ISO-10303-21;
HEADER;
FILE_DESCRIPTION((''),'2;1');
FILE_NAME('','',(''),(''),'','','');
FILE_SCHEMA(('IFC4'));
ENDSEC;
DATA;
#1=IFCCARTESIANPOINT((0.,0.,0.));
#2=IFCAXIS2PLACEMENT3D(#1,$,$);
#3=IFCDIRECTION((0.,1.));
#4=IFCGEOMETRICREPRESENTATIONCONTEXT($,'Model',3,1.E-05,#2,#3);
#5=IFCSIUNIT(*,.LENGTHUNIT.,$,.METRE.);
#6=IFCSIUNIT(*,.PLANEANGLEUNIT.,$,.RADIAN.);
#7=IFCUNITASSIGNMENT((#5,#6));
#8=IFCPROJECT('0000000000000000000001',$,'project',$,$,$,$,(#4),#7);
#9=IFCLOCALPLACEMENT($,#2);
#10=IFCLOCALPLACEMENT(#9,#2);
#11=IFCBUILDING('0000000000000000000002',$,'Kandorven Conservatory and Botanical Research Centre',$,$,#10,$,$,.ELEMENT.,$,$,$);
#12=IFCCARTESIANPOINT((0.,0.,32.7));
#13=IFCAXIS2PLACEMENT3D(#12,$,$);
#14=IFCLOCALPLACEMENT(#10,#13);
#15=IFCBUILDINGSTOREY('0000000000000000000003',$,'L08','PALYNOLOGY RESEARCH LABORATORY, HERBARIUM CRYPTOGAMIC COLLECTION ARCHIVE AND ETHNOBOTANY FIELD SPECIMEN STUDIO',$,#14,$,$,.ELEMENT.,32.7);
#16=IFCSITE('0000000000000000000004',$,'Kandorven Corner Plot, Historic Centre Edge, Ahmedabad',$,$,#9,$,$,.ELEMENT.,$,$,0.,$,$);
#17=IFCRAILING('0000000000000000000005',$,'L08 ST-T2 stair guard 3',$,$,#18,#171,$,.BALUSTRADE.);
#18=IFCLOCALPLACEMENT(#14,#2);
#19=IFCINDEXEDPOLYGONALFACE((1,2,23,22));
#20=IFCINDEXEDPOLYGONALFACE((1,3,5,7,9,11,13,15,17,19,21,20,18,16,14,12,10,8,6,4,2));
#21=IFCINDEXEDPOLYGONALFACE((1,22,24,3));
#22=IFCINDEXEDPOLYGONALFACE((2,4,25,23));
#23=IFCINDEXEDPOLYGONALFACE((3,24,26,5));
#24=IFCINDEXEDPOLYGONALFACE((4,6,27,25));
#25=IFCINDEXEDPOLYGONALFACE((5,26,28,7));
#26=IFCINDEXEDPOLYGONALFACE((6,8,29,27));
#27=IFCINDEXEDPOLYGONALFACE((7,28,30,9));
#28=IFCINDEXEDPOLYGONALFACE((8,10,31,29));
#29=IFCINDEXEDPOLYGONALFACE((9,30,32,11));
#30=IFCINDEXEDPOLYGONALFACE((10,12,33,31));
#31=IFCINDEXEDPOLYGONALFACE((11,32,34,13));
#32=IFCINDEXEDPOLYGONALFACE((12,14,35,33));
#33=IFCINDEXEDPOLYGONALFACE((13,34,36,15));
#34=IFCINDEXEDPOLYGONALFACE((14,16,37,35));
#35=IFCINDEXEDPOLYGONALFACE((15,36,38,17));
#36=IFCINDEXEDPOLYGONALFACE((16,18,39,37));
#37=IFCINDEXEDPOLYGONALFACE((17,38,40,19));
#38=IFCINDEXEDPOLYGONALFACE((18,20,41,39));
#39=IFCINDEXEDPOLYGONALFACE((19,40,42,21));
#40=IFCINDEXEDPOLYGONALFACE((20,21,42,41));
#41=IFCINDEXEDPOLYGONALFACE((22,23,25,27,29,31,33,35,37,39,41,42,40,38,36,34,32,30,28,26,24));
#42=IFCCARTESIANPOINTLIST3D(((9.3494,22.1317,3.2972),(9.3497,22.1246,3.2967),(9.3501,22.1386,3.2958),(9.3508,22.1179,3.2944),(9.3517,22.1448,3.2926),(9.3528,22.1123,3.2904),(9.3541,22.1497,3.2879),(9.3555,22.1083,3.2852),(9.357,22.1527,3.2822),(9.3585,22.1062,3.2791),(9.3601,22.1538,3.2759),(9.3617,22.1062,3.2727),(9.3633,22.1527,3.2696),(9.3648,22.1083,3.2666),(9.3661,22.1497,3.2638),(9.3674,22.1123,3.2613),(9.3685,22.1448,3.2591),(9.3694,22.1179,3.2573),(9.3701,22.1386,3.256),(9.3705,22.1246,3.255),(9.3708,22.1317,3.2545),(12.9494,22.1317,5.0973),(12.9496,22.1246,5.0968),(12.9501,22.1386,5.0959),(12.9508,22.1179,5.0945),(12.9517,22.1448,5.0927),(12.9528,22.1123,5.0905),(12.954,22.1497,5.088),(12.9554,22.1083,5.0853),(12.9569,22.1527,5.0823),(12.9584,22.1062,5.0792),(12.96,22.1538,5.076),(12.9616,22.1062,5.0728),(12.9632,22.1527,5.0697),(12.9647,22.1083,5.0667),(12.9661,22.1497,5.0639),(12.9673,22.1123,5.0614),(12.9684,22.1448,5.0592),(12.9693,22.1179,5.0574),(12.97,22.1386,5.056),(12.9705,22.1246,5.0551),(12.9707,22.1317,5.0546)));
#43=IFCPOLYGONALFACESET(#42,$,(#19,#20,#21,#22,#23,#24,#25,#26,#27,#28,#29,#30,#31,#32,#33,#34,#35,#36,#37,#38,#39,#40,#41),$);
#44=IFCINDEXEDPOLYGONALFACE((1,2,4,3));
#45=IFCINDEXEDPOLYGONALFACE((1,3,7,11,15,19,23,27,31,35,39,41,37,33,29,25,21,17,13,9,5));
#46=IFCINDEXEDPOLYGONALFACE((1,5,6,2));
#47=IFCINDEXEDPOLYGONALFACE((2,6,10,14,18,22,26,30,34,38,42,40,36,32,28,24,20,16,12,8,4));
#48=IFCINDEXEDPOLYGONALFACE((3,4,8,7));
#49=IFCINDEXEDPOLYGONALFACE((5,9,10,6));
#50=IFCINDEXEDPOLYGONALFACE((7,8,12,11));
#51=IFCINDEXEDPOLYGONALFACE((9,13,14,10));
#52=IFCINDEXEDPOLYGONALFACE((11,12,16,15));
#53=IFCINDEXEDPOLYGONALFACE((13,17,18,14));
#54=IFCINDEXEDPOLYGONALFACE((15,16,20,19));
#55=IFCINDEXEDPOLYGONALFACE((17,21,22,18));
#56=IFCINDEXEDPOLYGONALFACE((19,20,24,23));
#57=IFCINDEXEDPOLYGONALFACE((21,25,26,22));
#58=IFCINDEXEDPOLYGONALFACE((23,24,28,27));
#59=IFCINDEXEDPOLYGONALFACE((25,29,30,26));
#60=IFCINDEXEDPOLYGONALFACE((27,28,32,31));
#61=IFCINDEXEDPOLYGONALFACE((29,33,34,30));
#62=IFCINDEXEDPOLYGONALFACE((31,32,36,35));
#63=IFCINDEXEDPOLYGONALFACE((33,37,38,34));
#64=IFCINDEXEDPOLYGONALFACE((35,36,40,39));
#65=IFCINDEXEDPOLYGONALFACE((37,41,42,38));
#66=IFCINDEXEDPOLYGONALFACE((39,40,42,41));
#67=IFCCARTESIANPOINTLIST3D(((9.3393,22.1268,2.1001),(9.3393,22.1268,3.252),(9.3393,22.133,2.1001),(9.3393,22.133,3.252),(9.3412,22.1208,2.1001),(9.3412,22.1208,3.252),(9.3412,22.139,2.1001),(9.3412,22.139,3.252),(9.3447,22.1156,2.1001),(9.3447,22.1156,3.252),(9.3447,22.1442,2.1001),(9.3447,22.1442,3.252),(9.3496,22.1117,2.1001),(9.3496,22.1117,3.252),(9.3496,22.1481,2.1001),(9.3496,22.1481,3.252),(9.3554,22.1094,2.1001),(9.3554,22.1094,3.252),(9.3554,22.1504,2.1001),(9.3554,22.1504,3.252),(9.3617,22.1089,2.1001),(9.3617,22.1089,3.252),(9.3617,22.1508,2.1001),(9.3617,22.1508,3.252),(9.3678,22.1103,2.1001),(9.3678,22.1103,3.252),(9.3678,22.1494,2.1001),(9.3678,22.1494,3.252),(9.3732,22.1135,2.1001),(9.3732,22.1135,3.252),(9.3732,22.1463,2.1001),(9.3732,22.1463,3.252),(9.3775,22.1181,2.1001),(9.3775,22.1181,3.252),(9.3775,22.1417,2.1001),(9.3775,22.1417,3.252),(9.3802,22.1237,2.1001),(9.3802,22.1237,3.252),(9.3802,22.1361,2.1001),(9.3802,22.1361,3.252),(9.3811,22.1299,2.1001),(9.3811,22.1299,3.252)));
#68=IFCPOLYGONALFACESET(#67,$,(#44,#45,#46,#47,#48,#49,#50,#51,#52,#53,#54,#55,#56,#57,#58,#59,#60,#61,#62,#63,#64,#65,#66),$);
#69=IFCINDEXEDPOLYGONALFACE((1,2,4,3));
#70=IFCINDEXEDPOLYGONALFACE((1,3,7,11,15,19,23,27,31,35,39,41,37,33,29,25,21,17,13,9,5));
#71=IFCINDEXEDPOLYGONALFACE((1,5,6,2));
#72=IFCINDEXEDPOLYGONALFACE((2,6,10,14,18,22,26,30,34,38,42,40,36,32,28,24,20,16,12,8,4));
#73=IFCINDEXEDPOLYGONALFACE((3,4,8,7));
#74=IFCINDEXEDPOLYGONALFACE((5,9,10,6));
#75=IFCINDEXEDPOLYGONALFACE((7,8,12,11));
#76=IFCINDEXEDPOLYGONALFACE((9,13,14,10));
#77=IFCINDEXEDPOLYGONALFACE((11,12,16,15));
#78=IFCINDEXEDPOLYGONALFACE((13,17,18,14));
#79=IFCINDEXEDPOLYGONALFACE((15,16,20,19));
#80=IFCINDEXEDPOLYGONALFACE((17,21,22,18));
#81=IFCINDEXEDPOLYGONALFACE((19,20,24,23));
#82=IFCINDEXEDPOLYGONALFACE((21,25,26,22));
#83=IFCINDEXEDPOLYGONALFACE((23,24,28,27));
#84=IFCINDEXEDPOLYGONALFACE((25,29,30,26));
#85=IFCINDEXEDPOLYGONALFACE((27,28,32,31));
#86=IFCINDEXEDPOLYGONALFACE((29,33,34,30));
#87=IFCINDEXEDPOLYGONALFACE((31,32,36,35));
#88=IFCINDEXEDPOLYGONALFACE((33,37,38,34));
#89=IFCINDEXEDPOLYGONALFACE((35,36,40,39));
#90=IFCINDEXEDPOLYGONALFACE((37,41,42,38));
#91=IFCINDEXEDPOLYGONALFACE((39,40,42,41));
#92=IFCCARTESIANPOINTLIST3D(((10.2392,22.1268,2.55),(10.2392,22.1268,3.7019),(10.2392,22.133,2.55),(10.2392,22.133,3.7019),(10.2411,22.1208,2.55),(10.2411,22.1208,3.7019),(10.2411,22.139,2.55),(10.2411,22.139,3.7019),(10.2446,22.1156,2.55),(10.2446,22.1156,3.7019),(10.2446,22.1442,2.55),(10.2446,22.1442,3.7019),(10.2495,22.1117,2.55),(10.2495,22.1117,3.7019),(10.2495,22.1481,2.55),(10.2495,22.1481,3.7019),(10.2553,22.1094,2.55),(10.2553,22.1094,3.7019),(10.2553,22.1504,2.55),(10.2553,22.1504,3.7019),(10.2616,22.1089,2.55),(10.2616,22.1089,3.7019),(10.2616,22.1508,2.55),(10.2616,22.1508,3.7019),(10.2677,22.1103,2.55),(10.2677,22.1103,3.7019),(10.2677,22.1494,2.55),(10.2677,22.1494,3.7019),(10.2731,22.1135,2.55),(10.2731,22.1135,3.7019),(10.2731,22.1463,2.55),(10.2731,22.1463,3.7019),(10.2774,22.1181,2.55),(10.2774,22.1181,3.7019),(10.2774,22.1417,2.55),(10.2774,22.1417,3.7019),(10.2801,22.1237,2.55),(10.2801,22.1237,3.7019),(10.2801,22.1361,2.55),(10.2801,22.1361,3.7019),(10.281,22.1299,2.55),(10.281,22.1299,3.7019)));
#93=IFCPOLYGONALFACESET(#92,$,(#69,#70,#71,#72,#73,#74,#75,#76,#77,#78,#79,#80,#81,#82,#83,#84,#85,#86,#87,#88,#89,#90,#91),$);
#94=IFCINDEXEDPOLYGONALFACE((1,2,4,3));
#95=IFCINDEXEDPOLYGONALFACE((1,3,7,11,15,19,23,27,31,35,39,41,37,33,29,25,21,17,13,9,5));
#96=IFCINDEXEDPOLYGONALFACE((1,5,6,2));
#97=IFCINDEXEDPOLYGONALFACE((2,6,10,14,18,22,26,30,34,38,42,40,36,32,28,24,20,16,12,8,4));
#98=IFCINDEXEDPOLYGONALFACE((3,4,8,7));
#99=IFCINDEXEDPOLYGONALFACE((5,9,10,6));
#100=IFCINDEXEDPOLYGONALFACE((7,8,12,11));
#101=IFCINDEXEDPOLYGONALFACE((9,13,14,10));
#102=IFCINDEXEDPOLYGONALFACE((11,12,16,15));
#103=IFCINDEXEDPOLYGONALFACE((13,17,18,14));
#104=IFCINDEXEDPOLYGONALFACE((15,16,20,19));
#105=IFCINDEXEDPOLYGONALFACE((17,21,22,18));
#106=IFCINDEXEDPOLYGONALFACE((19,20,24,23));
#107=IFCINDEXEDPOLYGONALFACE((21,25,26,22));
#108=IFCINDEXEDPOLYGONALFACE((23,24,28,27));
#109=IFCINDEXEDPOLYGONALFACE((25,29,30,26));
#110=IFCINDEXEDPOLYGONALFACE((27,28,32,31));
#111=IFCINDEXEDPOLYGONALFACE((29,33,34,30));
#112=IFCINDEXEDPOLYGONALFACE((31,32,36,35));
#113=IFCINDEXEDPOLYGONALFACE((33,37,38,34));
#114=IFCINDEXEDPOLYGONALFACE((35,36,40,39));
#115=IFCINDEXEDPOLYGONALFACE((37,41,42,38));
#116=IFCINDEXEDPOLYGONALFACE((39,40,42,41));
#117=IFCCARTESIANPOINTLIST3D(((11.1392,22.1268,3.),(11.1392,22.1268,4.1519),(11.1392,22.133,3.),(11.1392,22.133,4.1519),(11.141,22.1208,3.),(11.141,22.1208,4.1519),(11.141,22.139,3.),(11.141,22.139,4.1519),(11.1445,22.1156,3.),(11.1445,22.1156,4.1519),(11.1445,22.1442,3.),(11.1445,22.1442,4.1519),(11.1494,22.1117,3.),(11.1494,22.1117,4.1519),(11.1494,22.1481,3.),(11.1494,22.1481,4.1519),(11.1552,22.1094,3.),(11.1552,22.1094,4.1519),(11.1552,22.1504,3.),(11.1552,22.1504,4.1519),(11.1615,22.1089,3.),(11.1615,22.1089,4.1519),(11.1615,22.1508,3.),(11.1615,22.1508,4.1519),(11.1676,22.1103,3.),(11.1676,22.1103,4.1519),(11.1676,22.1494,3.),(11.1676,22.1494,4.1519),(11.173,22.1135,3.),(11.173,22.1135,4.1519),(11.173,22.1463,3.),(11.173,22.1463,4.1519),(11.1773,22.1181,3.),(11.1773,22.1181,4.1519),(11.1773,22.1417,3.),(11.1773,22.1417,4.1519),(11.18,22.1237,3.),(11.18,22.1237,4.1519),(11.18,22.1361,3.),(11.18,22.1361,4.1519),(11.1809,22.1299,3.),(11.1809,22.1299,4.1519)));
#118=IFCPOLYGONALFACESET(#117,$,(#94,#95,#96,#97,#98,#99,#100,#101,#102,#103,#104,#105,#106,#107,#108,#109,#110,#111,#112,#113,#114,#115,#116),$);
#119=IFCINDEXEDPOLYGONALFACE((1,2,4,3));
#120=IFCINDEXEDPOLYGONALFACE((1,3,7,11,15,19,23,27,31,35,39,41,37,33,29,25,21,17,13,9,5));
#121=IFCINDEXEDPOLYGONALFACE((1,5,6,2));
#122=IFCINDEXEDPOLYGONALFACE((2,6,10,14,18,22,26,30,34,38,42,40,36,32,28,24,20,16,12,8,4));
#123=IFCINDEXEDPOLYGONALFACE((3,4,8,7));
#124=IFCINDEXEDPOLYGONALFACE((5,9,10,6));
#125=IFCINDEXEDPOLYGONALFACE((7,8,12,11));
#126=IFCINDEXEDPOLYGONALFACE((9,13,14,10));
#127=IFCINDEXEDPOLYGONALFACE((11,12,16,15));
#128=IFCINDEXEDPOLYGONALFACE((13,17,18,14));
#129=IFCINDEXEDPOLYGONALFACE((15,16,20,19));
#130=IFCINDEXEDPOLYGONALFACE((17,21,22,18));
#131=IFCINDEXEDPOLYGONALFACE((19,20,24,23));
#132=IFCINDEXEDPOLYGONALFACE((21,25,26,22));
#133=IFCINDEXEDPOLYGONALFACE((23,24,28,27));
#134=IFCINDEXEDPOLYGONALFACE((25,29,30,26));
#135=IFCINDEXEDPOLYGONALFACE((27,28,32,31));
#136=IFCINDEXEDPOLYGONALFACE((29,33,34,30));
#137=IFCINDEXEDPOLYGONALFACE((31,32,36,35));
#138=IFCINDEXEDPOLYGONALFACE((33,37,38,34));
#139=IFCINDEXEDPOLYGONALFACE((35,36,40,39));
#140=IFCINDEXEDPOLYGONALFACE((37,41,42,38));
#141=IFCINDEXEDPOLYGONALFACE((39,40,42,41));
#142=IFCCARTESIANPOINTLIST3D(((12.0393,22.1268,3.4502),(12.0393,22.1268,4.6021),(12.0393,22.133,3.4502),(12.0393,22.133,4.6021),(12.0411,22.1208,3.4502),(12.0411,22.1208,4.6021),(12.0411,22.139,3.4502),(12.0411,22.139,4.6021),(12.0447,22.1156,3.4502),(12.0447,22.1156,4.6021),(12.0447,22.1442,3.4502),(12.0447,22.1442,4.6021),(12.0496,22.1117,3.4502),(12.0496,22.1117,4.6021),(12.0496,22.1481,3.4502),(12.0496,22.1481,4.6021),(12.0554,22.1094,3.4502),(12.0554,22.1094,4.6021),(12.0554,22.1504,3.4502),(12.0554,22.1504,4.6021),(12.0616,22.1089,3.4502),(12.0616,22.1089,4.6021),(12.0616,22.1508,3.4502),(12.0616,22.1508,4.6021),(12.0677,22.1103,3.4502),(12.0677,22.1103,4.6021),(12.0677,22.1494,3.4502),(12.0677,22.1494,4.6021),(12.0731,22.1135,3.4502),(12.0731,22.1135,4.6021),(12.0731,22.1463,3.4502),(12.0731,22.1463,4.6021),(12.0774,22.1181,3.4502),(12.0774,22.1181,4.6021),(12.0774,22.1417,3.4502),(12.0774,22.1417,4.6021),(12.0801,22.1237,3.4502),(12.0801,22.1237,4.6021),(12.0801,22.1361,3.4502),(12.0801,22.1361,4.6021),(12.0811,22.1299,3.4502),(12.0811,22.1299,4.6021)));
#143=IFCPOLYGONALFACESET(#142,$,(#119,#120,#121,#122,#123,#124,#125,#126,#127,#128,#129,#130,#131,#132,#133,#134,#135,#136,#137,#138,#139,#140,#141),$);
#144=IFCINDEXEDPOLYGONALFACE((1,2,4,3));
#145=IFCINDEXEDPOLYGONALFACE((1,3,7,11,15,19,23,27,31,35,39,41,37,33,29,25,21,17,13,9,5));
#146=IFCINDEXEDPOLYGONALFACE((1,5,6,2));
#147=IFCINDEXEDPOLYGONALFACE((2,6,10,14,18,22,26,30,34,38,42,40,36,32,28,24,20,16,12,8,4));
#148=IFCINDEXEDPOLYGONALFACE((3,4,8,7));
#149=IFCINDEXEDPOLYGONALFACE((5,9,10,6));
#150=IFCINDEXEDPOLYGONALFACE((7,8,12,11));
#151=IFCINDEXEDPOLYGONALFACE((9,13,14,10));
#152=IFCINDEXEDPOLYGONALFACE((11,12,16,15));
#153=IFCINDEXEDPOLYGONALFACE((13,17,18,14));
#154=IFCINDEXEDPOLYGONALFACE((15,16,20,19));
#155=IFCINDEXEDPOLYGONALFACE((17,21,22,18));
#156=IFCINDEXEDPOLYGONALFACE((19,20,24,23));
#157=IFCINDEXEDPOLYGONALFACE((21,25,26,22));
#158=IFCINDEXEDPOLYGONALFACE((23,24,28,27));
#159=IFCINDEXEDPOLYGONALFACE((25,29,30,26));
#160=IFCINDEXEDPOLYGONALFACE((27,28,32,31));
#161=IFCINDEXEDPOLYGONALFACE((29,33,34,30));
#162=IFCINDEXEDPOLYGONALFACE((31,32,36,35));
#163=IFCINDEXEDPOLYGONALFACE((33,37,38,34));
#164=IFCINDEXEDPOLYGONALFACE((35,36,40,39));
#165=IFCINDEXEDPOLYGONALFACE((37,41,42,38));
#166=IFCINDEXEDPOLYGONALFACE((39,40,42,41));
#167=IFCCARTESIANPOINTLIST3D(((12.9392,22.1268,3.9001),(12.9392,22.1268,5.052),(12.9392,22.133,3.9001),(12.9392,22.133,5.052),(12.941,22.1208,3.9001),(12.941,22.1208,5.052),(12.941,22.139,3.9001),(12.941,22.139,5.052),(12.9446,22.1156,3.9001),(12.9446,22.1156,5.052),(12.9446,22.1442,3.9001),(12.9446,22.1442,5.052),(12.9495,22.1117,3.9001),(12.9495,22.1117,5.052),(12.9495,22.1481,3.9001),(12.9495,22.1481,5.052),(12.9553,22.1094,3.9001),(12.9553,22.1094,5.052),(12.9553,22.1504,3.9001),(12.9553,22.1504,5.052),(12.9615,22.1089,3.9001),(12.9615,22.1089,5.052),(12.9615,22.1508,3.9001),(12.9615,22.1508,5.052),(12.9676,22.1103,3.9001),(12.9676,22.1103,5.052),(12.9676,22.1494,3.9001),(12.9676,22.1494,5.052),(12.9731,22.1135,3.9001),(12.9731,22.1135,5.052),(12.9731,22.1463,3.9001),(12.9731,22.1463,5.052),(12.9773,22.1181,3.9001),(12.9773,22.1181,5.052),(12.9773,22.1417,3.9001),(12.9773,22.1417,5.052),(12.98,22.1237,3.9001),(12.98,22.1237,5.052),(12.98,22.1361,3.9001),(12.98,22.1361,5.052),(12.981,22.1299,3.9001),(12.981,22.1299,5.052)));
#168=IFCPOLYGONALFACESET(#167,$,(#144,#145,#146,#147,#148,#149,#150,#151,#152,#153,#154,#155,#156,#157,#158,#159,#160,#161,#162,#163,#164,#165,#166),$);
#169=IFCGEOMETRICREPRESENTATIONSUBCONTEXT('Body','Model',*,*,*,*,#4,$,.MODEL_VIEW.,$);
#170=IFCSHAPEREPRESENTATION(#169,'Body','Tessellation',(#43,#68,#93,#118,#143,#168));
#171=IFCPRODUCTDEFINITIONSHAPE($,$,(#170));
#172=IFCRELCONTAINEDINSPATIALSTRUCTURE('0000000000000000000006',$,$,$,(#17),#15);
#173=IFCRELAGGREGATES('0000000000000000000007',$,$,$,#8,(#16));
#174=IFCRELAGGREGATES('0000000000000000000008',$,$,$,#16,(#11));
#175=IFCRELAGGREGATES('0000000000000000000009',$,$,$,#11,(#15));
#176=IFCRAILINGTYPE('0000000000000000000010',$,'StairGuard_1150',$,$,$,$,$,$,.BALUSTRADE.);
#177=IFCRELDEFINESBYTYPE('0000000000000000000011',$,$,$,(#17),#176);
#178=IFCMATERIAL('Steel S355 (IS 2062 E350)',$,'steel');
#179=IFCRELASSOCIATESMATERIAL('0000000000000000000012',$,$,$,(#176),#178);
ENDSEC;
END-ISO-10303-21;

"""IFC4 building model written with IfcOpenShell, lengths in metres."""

from ifc_helpers import new_model, si_unit, direction, frame, origin, origin_2d, place, context, subcontext, project, spatial, circle, extrude, material, type_object, element, save


model = new_model("IFC4")

# Units and contexts
model_context = context("Model", 3, precision=1e-05, world=origin(), true_north=direction((0.0, 1.0)))
body_context = subcontext(model_context, "Body", "Model", "MODEL_VIEW")
ifc_project = project(units=[si_unit("LENGTHUNIT", "METRE"), si_unit("PLANEANGLEUNIT", "RADIAN")], contexts=[model_context])

# Site, building, storey
site_placement = place(None, origin())
site = spatial("IfcSite", under=ifc_project, at=site_placement, Name="Kandorven Corner Plot, Historic Centre Edge, Ahmedabad", CompositionType="ELEMENT", RefElevation=0.0)
building_placement = place(site_placement, origin())
building = spatial("IfcBuilding", under=site, at=building_placement, Name="Kandorven Conservatory and Botanical Research Centre", CompositionType="ELEMENT")
storey_placement = place(building_placement, frame((0.0, 0.0, 32.7)))
storey = spatial("IfcBuildingStorey", under=building, at=storey_placement, Name="L08", Description="PALYNOLOGY RESEARCH LABORATORY, HERBARIUM CRYPTOGAMIC COLLECTION ARCHIVE AND ETHNOBOTANY FIELD SPECIMEN STUDIO", CompositionType="ELEMENT", Elevation=32.7)

# Railing
ifc_material_1 = material(Name="Steel S355 (IS 2062 E350)", Category="steel")
railing_type_1 = type_object("IfcRailingType", Name="StairGuard_1150", PredefinedType="BALUSTRADE", material=ifc_material_1)
railing_1_placement = place(storey_placement, frame((9.3601, 22.1299, 2.1001)))
element("IfcRailing", 1, at=railing_1_placement, inside=storey, type_object=railing_type_1, Name="L08 ST-T2 stair guard 3", PredefinedType="BALUSTRADE", context=body_context, shape_type="SweptSolid", body=[
    extrude(circle(Radius=0.0239, at=origin_2d()), frame((0.0, 0.0, 1.1758), z_axis=(0.894415, 0.0, 0.447238), x_axis=(0.0, 1.0, 0.0)), (0.0, 0.0, 1.0), 4.0249),
    extrude(circle(Radius=0.021, at=origin_2d()), origin(), (0.0, 0.0, 1.0), 1.1519),
    extrude(circle(Radius=0.021, at=origin_2d()), frame((0.8999, 0.0, 0.45)), (0.0, 0.0, 1.0), 1.1519),
    extrude(circle(Radius=0.021, at=origin_2d()), frame((1.7998, 0.0, 0.8999)), (0.0, 0.0, 1.0), 1.1519),
    extrude(circle(Radius=0.021, at=origin_2d()), frame((2.7, 0.0, 1.3501)), (0.0, 0.0, 1.0), 1.1519),
    extrude(circle(Radius=0.021, at=origin_2d()), frame((3.5999, 0.0, 1.8)), (0.0, 0.0, 1.0), 1.1519),
])

save(model, "model.ifc")
